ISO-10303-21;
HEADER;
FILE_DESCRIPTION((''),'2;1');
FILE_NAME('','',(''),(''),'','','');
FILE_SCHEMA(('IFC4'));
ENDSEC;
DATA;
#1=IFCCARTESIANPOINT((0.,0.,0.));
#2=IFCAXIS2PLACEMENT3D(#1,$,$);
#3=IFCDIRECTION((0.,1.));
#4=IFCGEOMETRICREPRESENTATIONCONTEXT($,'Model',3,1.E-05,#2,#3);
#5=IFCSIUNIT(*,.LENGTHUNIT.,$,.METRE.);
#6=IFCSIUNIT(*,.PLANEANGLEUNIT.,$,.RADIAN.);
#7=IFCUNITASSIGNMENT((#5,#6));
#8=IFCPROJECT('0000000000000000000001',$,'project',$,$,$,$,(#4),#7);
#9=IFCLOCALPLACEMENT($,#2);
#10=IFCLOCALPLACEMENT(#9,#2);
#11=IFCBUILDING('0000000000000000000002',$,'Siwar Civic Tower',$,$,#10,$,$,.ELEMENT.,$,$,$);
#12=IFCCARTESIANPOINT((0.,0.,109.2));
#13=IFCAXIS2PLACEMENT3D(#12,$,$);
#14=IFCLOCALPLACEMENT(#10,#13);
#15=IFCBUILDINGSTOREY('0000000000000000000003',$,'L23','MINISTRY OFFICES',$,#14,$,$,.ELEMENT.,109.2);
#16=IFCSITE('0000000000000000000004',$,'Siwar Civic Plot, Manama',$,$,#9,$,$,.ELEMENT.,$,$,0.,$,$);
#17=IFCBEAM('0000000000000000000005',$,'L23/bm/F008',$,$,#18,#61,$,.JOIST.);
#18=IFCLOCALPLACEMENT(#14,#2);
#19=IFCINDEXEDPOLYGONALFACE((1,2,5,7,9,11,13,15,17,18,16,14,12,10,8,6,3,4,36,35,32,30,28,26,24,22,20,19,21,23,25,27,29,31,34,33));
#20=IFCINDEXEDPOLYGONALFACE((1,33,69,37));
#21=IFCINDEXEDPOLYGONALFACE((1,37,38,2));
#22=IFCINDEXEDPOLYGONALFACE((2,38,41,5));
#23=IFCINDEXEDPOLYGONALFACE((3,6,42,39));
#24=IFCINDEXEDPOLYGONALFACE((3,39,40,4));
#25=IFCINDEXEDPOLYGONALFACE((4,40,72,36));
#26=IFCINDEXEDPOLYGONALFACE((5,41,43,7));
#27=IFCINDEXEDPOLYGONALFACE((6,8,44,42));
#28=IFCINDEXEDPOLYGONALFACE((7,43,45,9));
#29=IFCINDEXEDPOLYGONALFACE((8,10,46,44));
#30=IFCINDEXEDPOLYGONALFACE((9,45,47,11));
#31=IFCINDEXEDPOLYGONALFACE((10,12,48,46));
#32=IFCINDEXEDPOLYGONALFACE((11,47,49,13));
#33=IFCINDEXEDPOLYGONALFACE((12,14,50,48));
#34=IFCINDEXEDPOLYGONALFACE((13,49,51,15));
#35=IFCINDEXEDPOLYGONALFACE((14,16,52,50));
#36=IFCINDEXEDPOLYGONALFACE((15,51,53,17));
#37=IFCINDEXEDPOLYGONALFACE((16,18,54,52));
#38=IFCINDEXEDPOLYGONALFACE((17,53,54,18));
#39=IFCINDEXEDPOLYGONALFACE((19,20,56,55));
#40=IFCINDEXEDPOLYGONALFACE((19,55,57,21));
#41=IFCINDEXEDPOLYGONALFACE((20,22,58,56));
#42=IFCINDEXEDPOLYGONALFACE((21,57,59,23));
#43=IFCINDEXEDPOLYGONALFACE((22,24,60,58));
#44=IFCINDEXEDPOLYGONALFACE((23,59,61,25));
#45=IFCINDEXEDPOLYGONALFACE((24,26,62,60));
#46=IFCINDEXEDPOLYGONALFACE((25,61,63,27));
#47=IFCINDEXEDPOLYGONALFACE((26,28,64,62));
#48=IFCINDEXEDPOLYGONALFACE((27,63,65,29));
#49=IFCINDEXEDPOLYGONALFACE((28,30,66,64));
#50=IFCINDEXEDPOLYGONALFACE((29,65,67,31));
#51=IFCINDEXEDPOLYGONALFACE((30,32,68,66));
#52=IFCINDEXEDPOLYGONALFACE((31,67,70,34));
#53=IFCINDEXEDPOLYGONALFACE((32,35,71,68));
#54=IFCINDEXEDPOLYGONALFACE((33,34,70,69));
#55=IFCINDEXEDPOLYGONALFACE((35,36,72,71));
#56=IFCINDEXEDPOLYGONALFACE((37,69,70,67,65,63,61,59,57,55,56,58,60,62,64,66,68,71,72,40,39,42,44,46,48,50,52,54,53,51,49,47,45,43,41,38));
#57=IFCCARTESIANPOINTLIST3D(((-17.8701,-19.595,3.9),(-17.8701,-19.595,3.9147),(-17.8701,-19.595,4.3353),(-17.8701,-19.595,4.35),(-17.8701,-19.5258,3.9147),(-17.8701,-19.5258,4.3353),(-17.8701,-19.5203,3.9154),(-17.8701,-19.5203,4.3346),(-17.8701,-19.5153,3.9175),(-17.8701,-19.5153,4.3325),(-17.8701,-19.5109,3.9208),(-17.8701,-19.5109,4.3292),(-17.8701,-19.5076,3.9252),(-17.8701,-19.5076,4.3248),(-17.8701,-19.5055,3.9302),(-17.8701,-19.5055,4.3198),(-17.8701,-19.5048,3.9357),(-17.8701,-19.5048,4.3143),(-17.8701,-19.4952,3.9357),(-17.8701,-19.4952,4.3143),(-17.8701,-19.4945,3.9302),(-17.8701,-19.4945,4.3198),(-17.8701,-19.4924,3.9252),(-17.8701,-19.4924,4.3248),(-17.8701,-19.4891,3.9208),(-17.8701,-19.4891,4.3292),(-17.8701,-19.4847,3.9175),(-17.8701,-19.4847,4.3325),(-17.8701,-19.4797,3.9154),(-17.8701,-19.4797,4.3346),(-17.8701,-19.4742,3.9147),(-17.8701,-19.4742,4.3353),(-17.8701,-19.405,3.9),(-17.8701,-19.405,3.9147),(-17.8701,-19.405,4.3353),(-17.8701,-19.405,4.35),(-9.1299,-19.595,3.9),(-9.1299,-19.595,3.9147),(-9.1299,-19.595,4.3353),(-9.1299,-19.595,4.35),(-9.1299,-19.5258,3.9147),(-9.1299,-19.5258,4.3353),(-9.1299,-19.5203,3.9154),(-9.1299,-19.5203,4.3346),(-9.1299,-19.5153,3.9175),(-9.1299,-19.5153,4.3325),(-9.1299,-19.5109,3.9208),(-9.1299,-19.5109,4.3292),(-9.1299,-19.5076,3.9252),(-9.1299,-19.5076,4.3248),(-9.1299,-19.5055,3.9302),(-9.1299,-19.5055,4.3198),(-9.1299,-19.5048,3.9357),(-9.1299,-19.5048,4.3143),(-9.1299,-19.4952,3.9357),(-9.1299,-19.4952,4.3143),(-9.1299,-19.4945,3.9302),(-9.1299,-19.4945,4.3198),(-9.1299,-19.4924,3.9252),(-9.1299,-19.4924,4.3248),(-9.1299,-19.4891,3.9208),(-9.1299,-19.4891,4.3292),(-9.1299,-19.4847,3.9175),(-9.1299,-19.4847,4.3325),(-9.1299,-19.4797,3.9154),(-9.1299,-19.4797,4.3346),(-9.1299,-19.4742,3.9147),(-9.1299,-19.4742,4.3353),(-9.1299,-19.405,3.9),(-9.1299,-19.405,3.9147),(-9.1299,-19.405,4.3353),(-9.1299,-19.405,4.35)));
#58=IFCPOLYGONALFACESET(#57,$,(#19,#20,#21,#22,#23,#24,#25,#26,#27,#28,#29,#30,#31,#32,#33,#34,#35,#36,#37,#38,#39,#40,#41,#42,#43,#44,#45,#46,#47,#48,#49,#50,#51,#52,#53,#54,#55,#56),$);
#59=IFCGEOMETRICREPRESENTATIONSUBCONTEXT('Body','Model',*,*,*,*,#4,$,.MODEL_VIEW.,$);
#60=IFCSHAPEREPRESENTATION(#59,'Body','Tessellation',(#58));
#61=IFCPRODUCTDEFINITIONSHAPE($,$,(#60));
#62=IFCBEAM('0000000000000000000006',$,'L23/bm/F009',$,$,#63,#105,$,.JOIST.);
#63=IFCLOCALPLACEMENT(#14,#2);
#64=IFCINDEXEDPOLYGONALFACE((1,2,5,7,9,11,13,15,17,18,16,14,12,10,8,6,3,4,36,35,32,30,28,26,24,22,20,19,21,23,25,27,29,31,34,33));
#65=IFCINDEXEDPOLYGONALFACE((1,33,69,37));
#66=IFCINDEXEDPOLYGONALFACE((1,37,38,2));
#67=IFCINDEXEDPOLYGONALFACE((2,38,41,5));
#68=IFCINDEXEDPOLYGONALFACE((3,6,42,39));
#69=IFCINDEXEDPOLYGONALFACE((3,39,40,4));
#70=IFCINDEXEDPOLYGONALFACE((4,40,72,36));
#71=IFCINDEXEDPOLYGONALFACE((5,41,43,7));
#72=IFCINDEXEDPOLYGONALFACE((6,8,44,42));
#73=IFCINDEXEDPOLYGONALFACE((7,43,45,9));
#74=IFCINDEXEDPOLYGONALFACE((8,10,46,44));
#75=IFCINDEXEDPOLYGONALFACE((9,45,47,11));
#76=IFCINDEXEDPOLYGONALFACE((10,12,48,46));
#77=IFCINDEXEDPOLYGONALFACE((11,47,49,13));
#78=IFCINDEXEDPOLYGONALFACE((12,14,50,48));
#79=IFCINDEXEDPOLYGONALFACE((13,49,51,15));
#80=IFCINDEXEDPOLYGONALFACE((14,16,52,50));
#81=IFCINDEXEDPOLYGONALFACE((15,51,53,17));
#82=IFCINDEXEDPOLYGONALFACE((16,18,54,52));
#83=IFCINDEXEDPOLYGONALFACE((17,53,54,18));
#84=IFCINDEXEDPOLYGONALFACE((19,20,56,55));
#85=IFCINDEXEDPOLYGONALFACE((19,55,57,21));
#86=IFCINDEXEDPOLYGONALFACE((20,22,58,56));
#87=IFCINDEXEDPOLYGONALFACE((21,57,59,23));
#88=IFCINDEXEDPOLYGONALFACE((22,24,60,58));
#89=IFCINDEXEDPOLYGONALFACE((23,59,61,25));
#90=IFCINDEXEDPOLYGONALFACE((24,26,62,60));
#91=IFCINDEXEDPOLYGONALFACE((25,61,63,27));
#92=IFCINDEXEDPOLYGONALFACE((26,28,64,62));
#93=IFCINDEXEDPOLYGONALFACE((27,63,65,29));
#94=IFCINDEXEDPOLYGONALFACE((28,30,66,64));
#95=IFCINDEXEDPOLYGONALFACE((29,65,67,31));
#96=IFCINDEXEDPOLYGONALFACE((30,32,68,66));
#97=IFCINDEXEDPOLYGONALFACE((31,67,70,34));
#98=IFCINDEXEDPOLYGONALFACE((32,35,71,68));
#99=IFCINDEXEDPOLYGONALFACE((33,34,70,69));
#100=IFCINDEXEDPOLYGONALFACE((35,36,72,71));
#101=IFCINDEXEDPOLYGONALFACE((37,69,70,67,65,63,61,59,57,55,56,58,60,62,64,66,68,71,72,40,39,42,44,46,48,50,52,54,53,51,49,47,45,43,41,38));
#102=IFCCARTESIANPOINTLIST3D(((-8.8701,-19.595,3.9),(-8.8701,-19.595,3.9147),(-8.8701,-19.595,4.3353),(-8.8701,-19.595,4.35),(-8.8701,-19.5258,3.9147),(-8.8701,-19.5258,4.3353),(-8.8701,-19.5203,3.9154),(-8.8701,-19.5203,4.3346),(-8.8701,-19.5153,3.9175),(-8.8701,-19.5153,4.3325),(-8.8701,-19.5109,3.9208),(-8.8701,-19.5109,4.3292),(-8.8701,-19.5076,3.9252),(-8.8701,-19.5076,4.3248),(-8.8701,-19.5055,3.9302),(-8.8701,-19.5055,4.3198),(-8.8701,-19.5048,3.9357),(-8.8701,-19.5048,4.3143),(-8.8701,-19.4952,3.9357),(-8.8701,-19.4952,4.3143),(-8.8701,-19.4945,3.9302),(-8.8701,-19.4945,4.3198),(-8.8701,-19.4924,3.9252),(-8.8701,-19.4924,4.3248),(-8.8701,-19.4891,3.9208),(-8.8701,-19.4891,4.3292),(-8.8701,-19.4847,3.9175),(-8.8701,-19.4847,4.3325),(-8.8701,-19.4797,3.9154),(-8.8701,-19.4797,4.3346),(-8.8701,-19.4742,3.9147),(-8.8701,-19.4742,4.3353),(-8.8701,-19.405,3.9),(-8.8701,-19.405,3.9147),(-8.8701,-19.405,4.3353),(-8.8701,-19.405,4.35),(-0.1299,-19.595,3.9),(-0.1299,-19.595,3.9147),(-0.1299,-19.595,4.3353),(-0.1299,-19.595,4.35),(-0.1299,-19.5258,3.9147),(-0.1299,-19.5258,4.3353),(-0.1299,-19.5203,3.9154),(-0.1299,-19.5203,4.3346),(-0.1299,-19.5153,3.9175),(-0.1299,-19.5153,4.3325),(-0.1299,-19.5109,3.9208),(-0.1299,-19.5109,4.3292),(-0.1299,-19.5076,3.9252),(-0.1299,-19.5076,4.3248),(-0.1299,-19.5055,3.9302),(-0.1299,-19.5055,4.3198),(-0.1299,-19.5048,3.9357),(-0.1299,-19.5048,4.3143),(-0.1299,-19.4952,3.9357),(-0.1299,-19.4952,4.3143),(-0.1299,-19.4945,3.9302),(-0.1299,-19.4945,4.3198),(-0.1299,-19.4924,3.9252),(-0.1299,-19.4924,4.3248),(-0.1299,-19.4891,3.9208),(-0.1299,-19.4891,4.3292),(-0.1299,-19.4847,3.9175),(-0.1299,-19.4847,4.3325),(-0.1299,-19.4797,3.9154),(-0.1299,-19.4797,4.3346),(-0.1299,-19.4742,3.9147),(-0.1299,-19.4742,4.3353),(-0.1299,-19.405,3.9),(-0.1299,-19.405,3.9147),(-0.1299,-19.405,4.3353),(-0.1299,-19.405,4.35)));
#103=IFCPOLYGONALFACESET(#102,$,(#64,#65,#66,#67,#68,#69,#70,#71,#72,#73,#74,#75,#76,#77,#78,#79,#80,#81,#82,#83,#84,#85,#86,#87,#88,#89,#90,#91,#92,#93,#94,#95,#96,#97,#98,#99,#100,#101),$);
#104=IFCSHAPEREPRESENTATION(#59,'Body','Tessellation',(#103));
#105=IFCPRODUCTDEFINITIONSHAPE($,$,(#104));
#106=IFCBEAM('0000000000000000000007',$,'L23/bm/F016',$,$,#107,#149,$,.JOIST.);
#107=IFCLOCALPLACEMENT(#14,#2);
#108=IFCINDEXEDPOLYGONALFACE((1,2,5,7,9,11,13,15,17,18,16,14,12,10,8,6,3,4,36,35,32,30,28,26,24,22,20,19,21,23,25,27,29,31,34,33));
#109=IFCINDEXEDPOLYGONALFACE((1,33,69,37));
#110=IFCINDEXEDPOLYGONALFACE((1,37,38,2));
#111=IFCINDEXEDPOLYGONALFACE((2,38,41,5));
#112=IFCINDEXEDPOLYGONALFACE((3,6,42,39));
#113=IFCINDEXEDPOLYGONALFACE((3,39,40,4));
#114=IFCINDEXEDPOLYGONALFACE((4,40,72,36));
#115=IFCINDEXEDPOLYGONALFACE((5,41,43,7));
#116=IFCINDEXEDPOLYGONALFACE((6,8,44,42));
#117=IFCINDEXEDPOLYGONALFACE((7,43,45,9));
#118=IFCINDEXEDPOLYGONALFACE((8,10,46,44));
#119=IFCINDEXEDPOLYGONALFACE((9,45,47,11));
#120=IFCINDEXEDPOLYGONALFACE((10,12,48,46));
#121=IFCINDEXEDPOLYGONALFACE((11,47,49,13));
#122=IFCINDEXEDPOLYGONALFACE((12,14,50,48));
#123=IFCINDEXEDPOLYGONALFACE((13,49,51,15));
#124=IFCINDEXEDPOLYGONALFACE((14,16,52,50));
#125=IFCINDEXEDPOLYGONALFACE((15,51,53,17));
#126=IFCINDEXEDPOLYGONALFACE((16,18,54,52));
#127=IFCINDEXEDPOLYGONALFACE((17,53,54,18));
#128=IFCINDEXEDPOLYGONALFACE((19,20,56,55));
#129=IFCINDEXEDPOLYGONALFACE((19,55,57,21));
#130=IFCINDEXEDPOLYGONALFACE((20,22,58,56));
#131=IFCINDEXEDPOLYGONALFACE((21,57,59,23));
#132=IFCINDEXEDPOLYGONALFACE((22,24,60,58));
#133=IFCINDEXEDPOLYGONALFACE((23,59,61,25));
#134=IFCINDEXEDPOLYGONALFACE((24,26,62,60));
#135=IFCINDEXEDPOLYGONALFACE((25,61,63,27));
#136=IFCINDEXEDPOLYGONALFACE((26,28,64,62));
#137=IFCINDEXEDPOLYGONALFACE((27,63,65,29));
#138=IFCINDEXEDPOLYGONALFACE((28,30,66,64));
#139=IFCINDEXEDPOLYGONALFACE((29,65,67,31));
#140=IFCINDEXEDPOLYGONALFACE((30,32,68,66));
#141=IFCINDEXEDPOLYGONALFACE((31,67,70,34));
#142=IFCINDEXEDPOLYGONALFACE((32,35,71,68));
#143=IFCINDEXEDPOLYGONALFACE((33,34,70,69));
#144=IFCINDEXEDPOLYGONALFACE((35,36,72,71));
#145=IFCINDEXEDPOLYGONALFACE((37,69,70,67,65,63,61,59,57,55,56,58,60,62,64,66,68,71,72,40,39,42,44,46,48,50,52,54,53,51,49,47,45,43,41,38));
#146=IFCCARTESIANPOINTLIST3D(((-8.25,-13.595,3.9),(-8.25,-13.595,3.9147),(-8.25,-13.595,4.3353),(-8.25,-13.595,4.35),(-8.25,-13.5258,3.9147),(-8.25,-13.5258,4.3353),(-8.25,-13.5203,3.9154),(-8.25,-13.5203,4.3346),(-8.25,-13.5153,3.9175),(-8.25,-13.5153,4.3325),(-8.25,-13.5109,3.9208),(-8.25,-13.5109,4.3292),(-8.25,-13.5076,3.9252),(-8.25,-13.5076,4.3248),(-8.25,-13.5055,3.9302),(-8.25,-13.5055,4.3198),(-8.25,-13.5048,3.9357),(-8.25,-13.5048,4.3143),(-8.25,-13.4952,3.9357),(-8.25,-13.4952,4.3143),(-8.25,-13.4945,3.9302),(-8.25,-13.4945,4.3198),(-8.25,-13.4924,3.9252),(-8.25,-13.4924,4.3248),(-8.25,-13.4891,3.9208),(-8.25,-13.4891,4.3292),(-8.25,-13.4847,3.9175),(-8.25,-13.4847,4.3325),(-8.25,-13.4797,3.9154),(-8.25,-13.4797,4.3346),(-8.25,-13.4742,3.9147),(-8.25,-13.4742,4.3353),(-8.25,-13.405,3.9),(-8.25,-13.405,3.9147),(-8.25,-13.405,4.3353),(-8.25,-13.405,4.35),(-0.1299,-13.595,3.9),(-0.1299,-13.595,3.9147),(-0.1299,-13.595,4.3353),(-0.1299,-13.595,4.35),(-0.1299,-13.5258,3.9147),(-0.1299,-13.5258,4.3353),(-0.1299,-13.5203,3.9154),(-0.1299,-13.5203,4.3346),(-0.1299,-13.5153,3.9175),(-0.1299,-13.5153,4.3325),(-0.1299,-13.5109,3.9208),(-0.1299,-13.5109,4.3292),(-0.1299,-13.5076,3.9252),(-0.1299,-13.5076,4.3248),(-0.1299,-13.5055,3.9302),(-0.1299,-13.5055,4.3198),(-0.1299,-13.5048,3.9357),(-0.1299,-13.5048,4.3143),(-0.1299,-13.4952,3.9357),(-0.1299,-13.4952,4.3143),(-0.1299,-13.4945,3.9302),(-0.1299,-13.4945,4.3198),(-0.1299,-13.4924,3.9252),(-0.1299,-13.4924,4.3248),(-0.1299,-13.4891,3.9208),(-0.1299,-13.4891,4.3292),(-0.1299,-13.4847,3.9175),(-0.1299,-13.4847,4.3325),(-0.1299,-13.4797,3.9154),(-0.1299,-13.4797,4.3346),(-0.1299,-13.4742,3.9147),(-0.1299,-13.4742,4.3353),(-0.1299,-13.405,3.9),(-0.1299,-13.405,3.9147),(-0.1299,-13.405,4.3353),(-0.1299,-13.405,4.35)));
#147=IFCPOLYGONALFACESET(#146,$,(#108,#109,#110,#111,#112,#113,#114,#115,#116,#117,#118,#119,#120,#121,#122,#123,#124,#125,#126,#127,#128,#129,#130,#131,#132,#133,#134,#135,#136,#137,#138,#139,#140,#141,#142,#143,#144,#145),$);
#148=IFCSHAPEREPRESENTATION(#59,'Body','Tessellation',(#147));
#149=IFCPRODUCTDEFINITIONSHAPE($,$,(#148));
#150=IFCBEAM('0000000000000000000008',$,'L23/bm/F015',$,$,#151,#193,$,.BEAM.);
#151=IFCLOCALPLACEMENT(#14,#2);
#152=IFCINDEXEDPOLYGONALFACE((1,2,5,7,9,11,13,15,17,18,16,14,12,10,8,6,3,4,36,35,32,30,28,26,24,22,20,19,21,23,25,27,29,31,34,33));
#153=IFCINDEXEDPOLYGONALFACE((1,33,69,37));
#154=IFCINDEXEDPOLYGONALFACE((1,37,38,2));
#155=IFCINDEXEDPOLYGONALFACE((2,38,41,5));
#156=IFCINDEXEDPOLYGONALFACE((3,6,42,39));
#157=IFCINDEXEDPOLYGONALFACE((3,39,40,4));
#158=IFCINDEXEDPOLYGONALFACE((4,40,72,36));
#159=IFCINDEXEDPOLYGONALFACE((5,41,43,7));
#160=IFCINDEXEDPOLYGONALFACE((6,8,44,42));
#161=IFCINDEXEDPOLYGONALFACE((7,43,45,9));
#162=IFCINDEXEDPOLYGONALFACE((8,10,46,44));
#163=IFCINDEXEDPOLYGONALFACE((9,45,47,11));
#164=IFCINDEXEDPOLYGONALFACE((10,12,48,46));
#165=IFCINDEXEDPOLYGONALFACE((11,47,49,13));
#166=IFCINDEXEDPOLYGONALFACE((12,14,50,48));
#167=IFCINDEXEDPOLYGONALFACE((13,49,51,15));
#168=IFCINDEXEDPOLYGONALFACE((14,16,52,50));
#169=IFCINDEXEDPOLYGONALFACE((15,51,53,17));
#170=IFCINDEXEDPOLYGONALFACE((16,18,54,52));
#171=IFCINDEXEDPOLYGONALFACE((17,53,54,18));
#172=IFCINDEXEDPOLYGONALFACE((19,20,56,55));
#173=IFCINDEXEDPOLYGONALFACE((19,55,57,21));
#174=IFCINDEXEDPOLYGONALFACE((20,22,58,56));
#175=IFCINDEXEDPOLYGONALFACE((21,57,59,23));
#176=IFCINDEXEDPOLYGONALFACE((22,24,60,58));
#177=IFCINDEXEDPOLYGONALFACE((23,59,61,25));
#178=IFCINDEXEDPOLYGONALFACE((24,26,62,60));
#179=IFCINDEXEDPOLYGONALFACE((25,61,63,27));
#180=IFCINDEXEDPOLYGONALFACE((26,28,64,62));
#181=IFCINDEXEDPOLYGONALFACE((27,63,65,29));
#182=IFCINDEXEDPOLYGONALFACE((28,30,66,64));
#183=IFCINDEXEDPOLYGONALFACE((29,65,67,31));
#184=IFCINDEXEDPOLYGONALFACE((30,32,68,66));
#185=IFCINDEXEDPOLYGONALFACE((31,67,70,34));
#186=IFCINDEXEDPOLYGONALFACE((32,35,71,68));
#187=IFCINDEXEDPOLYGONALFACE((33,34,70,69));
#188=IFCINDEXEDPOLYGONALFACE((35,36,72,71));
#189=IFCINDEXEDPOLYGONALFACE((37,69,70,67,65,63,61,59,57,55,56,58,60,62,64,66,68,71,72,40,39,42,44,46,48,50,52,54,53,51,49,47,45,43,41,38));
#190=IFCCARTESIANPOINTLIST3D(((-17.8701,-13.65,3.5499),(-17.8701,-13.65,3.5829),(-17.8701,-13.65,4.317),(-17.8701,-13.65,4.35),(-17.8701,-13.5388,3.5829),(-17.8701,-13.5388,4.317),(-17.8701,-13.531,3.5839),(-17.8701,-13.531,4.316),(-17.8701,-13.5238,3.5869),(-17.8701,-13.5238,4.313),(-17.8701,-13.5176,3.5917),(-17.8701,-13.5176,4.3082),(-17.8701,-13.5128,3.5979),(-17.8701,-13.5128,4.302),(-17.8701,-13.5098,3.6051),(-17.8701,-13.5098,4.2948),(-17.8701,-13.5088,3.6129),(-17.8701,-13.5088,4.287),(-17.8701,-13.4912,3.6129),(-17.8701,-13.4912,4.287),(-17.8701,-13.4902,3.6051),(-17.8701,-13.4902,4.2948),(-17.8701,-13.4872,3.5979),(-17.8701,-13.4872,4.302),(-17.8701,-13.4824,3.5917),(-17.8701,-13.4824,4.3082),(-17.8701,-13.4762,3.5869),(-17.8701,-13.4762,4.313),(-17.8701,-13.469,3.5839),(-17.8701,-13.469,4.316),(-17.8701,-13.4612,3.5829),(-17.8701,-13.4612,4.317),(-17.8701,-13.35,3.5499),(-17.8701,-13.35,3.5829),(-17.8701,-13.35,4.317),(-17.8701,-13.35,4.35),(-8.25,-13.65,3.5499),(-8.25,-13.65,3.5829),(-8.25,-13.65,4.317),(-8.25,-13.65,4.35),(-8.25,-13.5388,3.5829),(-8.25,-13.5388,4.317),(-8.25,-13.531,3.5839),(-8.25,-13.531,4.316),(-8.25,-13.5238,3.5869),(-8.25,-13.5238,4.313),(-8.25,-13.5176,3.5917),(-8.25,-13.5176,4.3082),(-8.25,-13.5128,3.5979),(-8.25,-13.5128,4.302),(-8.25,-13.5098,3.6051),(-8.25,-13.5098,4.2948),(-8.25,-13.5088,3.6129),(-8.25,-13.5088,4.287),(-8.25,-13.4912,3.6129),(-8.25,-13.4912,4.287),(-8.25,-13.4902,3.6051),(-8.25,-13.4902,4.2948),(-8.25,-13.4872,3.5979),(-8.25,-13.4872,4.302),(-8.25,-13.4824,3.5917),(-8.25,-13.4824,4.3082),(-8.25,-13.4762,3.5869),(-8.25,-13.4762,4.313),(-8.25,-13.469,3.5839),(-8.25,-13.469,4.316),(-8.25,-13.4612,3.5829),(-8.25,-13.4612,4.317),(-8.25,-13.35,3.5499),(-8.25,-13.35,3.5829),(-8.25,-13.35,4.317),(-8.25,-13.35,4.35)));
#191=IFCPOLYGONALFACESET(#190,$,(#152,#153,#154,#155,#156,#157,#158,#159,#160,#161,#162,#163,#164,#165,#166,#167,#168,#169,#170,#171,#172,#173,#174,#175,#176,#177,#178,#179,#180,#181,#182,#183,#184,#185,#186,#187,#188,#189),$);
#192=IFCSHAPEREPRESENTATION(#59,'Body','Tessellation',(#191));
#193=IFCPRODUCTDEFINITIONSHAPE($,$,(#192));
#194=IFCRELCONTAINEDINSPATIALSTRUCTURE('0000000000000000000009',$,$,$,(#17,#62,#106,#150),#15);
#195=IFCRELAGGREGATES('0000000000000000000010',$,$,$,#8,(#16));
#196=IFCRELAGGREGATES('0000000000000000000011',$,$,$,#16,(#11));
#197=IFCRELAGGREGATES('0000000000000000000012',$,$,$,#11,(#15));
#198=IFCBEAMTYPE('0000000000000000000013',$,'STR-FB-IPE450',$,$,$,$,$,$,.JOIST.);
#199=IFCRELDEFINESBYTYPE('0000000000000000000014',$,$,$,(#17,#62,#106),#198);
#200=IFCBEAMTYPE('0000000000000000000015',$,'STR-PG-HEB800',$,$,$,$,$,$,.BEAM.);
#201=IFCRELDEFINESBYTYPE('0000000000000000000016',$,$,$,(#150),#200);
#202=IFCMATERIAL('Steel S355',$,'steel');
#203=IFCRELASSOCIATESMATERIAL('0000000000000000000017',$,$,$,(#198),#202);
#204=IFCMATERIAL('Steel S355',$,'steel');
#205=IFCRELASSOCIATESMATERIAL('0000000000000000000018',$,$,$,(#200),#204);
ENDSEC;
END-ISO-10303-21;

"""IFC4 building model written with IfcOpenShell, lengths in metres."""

from ifc_helpers import new_model, si_unit, direction, frame, origin, origin_2d, place, context, subcontext, project, spatial, i_section, extrude, material, material_profile, profile_set, type_object, element, save


model = new_model("IFC4")

# Units and contexts
model_context = context("Model", 3, precision=1e-05, world=origin(), true_north=direction((0.0, 1.0)))
body_context = subcontext(model_context, "Body", "Model", "MODEL_VIEW")
ifc_project = project(units=[si_unit("LENGTHUNIT", "METRE"), si_unit("PLANEANGLEUNIT", "RADIAN")], contexts=[model_context])

# Site, building, storey
site_placement = place(None, origin())
site = spatial("IfcSite", under=ifc_project, at=site_placement, Name="Siwar Civic Plot, Manama", CompositionType="ELEMENT", RefElevation=0.0)
building_placement = place(site_placement, origin())
building = spatial("IfcBuilding", under=site, at=building_placement, Name="Siwar Civic Tower", CompositionType="ELEMENT")
storey_placement = place(building_placement, frame((0.0, 0.0, 109.2)))
storey = spatial("IfcBuildingStorey", under=building, at=storey_placement, Name="L23", Description="MINISTRY OFFICES", CompositionType="ELEMENT", Elevation=109.2)

# Beams
ifc_material_1 = material(Name="Steel S355", Category="steel")
ifc_material_profile_1 = material_profile(ifc_material_1, i_section(OverallWidth=0.1899, OverallDepth=0.45, WebThickness=0.0095, FlangeThickness=0.0146, FilletRadius=0.021, at=origin_2d()), Name="IPE450")
ifc_profile_set_1 = profile_set([ifc_material_profile_1], Name="Steel S355")
beam_type_1 = type_object("IfcBeamType", Name="STR-FB-IPE450", PredefinedType="JOIST", material=ifc_profile_set_1)
for number, where, z_axis, x_axis, name in (
    (1, (-17.8701, -19.5, 4.125), (1.0, 0.0, 0.0), (0.0, 1.0, 0.0), "L23/bm/F008"),
    (2, (-8.8701, -19.5, 4.125), (1.0, 0.0, 0.0), (0.0, 1.0, 0.0), "L23/bm/F009"),
):
    element("IfcBeam", number, at=place(storey_placement, frame(where, z_axis=z_axis, x_axis=x_axis)), inside=storey, type_object=beam_type_1, Name=name, PredefinedType="JOIST", context=body_context, shape_type="SweptSolid", body=[
        extrude(i_section(OverallWidth=0.1899, OverallDepth=0.45, WebThickness=0.0095, FlangeThickness=0.0146, FilletRadius=0.021, at=origin_2d()), origin(), (0.0, 0.0, 1.0), 8.7402),
    ])
beam_1_placement = place(storey_placement, frame((-8.25, -13.5, 4.125), z_axis=(1.0, 0.0, 0.0), x_axis=(0.0, 1.0, 0.0)))
element("IfcBeam", 3, at=beam_1_placement, inside=storey, type_object=beam_type_1, Name="L23/bm/F016", PredefinedType="JOIST", context=body_context, shape_type="SweptSolid", body=[
    extrude(i_section(OverallWidth=0.1899, OverallDepth=0.45, WebThickness=0.0095, FlangeThickness=0.0146, FilletRadius=0.021, at=origin_2d()), origin(), (0.0, 0.0, 1.0), 8.1201),
])
ifc_material_2 = material(Name="Steel S355", Category="steel")
ifc_material_profile_2 = material_profile(ifc_material_2, i_section(OverallWidth=0.3, OverallDepth=0.8, WebThickness=0.0176, FlangeThickness=0.033, FilletRadius=0.03, at=origin_2d()), Name="HEB800")
ifc_profile_set_2 = profile_set([ifc_material_profile_2], Name="Steel S355")
beam_type_2 = type_object("IfcBeamType", Name="STR-PG-HEB800", PredefinedType="BEAM", material=ifc_profile_set_2)
beam_2_placement = place(storey_placement, frame((-17.8701, -13.5, 3.95), z_axis=(1.0, 0.0, 0.0), x_axis=(0.0, 1.0, 0.0)))
element("IfcBeam", 4, at=beam_2_placement, inside=storey, type_object=beam_type_2, Name="L23/bm/F015", PredefinedType="BEAM", context=body_context, shape_type="SweptSolid", body=[
    extrude(i_section(OverallWidth=0.3, OverallDepth=0.8, WebThickness=0.0176, FlangeThickness=0.033, FilletRadius=0.03, at=origin_2d()), origin(), (0.0, 0.0, 1.0), 9.6201),
])

save(model, "model.ifc")
